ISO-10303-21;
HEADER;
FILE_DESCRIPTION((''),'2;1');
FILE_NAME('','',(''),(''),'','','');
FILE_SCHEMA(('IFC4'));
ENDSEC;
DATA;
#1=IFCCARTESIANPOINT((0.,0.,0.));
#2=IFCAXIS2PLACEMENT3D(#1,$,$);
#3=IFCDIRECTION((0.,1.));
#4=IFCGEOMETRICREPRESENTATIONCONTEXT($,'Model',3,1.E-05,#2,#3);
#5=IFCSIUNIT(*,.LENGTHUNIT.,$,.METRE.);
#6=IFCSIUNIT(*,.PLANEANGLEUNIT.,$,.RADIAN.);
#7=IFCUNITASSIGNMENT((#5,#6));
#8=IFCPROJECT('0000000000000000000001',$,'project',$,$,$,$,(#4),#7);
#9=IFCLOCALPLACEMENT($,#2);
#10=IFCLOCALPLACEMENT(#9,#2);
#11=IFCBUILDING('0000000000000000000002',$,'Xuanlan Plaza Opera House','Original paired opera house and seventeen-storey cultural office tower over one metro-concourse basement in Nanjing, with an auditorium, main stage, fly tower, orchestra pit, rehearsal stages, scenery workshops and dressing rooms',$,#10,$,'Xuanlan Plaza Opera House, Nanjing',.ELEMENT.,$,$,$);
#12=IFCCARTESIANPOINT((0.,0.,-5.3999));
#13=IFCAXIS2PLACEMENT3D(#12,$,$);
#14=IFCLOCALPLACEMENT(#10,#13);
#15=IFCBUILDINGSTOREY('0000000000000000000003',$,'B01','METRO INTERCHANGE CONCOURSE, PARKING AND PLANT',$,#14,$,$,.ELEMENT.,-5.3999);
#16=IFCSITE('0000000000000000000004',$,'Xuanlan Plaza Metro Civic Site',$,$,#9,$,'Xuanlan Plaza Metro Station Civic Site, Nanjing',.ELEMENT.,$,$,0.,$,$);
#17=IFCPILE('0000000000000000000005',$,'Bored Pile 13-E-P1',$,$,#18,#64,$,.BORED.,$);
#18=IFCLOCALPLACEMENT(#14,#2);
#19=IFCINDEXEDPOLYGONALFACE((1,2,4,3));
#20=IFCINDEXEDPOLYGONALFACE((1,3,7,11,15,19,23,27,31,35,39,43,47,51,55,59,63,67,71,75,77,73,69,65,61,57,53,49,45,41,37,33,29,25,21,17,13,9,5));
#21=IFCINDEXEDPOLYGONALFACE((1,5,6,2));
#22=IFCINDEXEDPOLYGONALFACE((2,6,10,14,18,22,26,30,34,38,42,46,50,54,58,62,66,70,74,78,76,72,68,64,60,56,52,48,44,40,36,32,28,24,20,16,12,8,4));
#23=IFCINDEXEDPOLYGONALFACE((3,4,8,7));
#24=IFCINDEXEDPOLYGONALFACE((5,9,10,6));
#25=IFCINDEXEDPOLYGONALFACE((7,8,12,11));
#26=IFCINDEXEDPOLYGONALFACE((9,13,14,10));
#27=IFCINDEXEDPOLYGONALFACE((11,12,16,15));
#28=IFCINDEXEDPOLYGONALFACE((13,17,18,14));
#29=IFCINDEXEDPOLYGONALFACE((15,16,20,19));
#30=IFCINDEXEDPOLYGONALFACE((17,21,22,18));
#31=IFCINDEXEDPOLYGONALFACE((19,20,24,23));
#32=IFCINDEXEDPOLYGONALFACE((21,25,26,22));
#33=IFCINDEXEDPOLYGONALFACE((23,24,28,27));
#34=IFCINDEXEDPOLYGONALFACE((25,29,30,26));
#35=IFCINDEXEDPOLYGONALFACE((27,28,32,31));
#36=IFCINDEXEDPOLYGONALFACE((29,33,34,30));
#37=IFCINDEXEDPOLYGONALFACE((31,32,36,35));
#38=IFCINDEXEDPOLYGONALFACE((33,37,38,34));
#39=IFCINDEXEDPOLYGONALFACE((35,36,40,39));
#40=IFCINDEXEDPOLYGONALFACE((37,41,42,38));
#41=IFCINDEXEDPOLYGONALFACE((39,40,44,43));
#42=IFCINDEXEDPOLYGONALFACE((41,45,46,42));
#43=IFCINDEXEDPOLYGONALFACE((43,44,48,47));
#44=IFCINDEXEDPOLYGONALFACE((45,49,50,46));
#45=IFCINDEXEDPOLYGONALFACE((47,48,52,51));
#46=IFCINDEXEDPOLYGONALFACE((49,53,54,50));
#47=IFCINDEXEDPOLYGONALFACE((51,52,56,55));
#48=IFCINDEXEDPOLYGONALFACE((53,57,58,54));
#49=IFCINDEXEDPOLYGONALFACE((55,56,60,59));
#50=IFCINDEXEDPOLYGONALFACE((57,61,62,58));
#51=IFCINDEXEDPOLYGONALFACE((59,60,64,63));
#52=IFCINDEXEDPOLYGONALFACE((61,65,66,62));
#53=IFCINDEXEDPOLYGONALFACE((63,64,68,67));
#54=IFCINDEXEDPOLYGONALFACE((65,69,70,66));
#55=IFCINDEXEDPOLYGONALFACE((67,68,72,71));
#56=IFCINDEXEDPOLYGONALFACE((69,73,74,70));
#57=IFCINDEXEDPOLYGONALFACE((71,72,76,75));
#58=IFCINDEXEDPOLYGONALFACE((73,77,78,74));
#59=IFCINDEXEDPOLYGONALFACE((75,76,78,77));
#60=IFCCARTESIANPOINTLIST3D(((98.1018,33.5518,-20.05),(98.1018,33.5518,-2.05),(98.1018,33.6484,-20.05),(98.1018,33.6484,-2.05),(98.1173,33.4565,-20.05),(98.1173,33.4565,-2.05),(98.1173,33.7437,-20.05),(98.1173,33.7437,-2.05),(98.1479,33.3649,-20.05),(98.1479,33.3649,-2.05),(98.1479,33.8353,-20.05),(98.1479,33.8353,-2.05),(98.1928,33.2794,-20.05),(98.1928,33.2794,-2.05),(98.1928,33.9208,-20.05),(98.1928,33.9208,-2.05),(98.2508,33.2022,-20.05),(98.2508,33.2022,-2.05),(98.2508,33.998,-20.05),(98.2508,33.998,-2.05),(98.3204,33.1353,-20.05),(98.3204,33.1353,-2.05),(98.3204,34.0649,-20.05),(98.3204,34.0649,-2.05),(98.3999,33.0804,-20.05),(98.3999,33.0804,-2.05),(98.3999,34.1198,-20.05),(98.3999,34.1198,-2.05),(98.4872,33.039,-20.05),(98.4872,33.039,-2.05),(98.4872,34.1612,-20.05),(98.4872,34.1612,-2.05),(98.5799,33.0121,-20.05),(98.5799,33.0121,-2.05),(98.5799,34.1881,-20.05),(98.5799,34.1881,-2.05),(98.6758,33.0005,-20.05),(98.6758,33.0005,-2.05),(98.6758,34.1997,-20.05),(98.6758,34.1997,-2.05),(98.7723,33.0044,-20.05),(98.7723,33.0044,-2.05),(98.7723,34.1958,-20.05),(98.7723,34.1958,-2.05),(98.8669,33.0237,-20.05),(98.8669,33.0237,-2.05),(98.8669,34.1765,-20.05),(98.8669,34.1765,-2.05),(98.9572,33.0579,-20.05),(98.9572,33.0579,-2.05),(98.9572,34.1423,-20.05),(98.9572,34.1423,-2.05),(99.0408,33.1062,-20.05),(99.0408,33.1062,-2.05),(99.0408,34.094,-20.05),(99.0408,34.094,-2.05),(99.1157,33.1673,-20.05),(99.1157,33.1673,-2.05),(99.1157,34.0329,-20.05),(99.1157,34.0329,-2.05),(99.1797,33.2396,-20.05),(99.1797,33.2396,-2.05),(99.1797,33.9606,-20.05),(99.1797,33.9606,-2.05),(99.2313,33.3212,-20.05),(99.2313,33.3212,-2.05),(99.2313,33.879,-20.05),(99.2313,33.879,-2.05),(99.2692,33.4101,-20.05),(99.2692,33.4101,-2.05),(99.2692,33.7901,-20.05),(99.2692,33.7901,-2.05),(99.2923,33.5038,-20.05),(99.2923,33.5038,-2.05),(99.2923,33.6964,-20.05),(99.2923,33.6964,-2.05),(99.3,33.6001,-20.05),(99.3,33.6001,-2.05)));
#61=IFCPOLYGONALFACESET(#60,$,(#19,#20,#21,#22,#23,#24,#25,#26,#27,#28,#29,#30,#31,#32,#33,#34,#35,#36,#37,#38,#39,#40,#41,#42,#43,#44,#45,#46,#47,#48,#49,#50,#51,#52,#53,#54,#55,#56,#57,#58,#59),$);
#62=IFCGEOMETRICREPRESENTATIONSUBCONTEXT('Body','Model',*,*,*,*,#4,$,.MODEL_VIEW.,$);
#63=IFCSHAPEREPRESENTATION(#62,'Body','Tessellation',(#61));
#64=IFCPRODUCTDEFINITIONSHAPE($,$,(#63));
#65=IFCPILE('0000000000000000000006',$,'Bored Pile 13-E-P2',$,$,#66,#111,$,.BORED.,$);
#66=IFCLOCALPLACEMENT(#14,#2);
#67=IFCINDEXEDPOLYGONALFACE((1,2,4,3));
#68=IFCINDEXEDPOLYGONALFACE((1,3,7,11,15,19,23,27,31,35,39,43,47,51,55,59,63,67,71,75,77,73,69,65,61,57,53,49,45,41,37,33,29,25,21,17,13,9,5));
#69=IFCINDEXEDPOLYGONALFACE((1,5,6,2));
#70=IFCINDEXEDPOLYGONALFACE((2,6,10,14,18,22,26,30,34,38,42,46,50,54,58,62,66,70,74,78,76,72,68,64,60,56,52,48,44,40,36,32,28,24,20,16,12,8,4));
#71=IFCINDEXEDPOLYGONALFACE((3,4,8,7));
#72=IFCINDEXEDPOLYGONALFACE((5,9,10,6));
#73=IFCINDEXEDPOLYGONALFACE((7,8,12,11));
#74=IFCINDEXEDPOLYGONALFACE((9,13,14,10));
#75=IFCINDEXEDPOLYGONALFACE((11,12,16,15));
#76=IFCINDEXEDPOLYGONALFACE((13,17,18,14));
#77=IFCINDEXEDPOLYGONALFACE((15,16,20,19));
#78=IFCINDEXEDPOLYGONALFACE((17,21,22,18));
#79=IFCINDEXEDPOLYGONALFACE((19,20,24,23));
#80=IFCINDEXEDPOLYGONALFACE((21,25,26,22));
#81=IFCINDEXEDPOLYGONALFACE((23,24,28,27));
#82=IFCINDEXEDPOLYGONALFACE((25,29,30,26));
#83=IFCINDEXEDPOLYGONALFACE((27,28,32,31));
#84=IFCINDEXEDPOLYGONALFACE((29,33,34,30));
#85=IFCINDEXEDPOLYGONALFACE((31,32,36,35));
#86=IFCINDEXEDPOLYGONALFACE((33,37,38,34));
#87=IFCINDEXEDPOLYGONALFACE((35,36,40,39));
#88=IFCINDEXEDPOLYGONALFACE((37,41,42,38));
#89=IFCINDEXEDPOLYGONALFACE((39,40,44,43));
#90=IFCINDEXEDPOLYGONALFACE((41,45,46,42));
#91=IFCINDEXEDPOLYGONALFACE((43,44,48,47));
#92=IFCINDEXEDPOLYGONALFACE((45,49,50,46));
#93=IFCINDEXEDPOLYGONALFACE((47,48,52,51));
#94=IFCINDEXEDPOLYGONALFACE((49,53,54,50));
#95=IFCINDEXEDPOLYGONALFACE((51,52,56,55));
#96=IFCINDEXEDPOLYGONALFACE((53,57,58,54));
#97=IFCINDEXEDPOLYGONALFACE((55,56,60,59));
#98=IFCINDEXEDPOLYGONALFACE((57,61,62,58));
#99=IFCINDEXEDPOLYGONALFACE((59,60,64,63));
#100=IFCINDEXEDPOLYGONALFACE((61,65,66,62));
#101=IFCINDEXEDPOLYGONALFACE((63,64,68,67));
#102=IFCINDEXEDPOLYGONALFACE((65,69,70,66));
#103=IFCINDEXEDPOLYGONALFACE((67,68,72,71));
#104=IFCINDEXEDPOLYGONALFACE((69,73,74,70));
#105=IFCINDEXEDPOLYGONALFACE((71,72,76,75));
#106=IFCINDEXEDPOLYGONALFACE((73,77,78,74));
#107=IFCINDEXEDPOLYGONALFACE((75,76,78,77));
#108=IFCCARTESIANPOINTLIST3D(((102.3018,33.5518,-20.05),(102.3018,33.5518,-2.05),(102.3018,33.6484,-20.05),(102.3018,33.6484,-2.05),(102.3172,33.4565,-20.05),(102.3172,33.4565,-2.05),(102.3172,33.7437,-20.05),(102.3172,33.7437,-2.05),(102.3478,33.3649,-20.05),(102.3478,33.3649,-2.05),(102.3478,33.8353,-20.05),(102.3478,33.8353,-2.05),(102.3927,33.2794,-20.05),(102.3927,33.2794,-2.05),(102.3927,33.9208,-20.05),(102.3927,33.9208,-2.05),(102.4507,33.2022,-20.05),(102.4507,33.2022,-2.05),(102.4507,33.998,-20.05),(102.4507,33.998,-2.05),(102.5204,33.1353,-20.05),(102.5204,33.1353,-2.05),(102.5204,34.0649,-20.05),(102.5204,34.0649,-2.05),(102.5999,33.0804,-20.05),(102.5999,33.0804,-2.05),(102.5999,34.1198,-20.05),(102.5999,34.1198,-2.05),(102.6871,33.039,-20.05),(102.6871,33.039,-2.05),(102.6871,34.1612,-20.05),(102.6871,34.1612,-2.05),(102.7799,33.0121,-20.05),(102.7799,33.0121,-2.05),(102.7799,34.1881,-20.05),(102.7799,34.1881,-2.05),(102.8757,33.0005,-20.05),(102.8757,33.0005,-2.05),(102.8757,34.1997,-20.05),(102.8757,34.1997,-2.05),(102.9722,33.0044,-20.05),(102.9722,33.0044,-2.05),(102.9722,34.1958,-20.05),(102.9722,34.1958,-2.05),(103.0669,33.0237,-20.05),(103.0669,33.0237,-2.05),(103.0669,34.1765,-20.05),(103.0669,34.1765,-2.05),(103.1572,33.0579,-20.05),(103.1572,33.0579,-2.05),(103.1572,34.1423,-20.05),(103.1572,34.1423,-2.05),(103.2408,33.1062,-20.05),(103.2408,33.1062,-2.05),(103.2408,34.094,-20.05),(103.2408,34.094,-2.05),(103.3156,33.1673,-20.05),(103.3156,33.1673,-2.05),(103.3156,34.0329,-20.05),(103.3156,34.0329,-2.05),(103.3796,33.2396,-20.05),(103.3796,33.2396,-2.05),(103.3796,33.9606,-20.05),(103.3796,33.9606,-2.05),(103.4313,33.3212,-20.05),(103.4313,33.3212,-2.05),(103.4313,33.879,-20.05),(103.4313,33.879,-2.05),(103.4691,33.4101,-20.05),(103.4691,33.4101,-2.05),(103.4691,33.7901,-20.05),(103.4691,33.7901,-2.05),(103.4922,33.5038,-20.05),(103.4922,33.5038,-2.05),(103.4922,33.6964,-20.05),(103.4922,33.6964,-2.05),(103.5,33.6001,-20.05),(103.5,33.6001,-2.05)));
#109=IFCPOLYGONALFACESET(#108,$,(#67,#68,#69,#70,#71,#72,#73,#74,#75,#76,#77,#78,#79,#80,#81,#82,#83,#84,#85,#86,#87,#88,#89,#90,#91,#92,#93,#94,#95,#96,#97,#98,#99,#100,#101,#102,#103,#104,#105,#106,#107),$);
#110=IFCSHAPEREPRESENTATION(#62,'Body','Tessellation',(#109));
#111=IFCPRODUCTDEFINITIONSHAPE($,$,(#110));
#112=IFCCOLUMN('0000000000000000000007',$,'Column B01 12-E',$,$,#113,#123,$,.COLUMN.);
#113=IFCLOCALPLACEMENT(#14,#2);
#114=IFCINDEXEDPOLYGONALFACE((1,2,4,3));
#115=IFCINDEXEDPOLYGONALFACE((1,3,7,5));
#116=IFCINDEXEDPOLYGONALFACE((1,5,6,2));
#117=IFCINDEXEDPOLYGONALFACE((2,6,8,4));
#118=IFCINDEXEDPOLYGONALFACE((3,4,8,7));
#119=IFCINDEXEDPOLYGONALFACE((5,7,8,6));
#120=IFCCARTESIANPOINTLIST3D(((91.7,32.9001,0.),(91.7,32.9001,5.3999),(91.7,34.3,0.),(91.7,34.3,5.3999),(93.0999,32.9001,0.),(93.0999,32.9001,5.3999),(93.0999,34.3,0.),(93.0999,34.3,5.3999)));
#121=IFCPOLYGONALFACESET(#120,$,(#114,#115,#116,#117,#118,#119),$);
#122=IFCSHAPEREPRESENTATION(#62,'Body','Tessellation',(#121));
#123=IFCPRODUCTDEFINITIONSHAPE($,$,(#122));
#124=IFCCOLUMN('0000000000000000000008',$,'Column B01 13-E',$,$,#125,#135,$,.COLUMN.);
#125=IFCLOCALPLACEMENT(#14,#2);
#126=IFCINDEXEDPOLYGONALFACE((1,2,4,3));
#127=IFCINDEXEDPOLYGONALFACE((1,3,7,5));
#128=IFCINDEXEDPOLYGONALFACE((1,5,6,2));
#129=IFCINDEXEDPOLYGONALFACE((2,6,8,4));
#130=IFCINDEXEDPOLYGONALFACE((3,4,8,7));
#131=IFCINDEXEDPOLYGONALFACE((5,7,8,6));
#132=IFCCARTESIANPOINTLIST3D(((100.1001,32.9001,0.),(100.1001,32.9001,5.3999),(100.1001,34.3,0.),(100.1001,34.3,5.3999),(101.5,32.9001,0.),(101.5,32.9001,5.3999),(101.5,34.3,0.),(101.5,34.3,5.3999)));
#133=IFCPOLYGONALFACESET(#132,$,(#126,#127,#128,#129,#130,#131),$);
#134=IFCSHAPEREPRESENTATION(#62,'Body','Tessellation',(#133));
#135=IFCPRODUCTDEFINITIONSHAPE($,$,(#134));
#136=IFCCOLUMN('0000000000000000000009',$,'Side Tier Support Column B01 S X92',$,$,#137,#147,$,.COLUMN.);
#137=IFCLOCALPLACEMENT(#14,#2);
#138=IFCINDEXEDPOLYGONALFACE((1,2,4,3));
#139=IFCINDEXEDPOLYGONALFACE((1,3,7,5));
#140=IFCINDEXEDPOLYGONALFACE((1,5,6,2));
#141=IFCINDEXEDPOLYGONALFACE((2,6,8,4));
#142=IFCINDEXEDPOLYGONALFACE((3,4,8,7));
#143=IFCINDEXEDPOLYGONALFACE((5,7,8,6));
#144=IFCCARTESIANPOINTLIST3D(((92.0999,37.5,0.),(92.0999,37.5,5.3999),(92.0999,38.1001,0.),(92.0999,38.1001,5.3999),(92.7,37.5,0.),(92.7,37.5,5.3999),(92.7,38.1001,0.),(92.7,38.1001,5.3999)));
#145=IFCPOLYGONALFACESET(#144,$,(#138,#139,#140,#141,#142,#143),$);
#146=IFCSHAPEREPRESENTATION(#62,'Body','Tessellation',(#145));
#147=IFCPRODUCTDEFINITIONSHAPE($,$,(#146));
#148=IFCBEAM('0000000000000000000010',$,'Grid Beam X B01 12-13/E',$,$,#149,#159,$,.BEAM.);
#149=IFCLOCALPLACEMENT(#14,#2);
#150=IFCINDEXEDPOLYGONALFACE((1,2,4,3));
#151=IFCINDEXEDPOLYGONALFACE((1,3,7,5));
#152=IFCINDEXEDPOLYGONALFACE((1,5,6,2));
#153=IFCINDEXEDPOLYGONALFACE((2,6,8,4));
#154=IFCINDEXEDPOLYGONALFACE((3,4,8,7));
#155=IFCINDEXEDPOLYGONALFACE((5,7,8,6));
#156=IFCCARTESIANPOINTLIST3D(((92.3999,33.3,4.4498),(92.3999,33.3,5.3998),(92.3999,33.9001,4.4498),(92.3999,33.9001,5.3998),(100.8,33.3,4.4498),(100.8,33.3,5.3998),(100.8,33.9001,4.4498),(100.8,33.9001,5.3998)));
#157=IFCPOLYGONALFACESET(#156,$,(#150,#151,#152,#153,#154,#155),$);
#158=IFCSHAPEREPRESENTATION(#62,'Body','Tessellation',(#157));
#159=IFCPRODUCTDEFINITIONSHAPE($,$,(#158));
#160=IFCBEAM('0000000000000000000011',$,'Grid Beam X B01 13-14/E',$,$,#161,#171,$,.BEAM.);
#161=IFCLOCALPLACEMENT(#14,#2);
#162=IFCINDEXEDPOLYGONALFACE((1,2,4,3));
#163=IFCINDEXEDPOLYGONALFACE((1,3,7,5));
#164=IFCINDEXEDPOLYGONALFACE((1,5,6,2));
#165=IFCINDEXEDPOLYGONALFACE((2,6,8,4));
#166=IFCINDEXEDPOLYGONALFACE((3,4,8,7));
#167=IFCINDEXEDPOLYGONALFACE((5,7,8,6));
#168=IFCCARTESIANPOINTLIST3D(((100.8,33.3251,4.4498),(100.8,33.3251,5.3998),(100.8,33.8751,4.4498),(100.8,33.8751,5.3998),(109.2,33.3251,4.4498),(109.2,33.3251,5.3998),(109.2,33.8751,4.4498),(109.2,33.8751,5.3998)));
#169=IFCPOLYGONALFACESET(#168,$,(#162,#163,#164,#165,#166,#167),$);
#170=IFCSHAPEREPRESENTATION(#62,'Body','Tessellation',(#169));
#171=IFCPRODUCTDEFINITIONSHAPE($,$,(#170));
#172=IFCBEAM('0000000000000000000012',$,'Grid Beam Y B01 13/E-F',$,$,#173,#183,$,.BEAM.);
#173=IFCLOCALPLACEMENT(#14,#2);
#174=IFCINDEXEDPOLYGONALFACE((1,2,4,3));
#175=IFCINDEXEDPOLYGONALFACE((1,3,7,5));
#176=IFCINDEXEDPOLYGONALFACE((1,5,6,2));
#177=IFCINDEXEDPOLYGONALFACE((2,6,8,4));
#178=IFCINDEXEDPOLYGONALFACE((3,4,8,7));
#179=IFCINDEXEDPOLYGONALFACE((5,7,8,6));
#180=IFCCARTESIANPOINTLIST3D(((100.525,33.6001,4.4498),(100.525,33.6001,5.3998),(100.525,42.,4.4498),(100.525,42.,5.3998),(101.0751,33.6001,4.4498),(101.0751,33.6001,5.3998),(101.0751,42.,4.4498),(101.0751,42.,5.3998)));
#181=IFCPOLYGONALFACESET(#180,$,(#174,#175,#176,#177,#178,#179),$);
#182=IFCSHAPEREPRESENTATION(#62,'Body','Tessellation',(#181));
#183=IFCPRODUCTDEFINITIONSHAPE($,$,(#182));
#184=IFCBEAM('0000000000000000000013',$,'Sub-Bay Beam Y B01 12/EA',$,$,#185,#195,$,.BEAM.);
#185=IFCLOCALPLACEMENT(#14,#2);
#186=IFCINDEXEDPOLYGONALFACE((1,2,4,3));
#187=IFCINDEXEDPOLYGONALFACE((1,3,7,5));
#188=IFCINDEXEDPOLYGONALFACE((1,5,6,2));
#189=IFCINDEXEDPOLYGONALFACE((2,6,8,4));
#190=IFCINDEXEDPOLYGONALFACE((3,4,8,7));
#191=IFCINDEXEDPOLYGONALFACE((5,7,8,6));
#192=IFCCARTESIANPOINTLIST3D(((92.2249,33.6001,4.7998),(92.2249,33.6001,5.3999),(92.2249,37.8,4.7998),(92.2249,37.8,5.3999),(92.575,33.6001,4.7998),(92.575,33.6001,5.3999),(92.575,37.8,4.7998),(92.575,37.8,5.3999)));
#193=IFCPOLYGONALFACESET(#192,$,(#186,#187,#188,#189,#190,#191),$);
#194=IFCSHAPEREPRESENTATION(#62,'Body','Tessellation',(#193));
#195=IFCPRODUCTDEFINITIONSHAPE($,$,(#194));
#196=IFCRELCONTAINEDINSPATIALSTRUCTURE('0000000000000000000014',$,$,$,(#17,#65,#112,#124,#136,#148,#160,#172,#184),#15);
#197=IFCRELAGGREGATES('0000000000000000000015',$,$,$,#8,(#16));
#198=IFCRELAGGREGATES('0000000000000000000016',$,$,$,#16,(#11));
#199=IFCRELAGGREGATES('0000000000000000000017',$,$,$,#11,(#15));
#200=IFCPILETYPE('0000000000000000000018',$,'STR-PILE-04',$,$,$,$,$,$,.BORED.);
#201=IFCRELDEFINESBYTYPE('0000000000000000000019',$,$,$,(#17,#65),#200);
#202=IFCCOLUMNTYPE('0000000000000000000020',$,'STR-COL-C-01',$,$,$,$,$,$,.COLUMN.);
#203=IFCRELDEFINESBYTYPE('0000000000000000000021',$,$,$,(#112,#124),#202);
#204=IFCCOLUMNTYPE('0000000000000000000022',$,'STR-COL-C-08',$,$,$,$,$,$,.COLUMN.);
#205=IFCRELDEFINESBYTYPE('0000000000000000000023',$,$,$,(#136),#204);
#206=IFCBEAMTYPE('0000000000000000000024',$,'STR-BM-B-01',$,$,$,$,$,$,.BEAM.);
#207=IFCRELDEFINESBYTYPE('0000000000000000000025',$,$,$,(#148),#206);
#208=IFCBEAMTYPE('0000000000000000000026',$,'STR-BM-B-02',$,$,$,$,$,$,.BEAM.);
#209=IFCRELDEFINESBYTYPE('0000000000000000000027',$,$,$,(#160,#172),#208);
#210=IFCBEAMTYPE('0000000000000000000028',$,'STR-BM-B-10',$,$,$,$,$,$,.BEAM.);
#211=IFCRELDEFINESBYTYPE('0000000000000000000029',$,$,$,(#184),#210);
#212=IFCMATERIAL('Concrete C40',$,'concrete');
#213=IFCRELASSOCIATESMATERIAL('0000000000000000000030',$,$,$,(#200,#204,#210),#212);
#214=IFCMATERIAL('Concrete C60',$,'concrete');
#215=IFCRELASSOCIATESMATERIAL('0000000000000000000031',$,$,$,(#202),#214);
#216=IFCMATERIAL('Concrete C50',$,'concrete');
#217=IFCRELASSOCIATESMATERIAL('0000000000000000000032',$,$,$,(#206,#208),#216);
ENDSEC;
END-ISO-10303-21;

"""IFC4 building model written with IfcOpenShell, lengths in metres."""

from ifc_helpers import new_model, si_unit, direction, frame, origin, origin_2d, place, context, subcontext, project, spatial, rectangle, circle, extrude, material, material_profile, profile_set, type_object, element, save


model = new_model("IFC4")

# Units and contexts
model_context = context("Model", 3, precision=1e-05, world=origin(), true_north=direction((0.0, 1.0)))
body_context = subcontext(model_context, "Body", "Model", "MODEL_VIEW")
ifc_project = project(units=[si_unit("LENGTHUNIT", "METRE"), si_unit("PLANEANGLEUNIT", "RADIAN")], contexts=[model_context])

# Site, building, storey
site_placement = place(None, origin())
site = spatial("IfcSite", under=ifc_project, at=site_placement, Name="Xuanlan Plaza Metro Civic Site", LongName="Xuanlan Plaza Metro Station Civic Site, Nanjing", CompositionType="ELEMENT", RefElevation=0.0)
building_placement = place(site_placement, origin())
building = spatial("IfcBuilding", under=site, at=building_placement, Name="Xuanlan Plaza Opera House", Description="Original paired opera house and seventeen-storey cultural office tower over one metro-concourse basement in Nanjing, with an auditorium, main stage, fly tower, orchestra pit, rehearsal stages, scenery workshops and dressing rooms", LongName="Xuanlan Plaza Opera House, Nanjing", CompositionType="ELEMENT")
storey_placement = place(building_placement, frame((0.0, 0.0, -5.3999)))
storey = spatial("IfcBuildingStorey", under=building, at=storey_placement, Name="B01", Description="METRO INTERCHANGE CONCOURSE, PARKING AND PLANT", CompositionType="ELEMENT", Elevation=-5.3999)

# Shared definitions
ifc_material_1 = material(Name="Concrete C50", Category="concrete")
ifc_material_2 = material(Name="Concrete C40", Category="concrete")

# Piles
ifc_material_profile_1 = material_profile(ifc_material_2, circle(Radius=0.6001, at=origin_2d()), Name="PILE D1200")
ifc_profile_set_1 = profile_set([ifc_material_profile_1], Name="Concrete C40")
pile_type = type_object("IfcPileType", Name="STR-PILE-04", PredefinedType="BORED", material=ifc_profile_set_1)
for number, where, z_axis, x_axis, name in (
    (1, (98.7, 33.6001, -2.05), (0.0, 0.0, -1.0), (1.0, 0.0, 0.0), "Bored Pile 13-E-P1"),
    (2, (102.8999, 33.6001, -2.05), (0.0, 0.0, -1.0), (1.0, 0.0, 0.0), "Bored Pile 13-E-P2"),
):
    element("IfcPile", number, at=place(storey_placement, frame(where, z_axis=z_axis, x_axis=x_axis)), inside=storey, type_object=pile_type, Name=name, PredefinedType="BORED", context=body_context, shape_type="SweptSolid", body=[
        extrude(circle(Radius=0.6001, at=origin_2d()), origin(), (0.0, 0.0, 1.0), 18.0),
    ])

# Columns
ifc_material_3 = material(Name="Concrete C60", Category="concrete")
ifc_material_profile_2 = material_profile(ifc_material_3, rectangle(XDim=1.3999, YDim=1.3999, at=origin_2d()), Name="RC-COL 1400x1400")
ifc_profile_set_2 = profile_set([ifc_material_profile_2], Name="Concrete C60")
column_type_1 = type_object("IfcColumnType", Name="STR-COL-C-01", PredefinedType="COLUMN", material=ifc_profile_set_2)
for number, where, z_axis, x_axis, name in (
    (3, (92.3999, 33.6001, 0.0), (0.0, 0.0, 1.0), (1.0, 0.0, 0.0), "Column B01 12-E"),
    (4, (100.8, 33.6001, 0.0), (0.0, 0.0, 1.0), (1.0, 0.0, 0.0), "Column B01 13-E"),
):
    element("IfcColumn", number, at=place(storey_placement, frame(where, z_axis=z_axis, x_axis=x_axis)), inside=storey, type_object=column_type_1, Name=name, PredefinedType="COLUMN", context=body_context, shape_type="SweptSolid", body=[
        extrude(rectangle(XDim=1.3999, YDim=1.3999, at=origin_2d()), origin(), (0.0, 0.0, 1.0), 5.3999),
    ])
ifc_material_profile_3 = material_profile(ifc_material_2, rectangle(XDim=0.6001, YDim=0.6001, at=origin_2d()), Name="RC-COL 600x600")
ifc_profile_set_3 = profile_set([ifc_material_profile_3], Name="Concrete C40")
column_type_2 = type_object("IfcColumnType", Name="STR-COL-C-08", PredefinedType="COLUMN", material=ifc_profile_set_3)
column_placement = place(storey_placement, frame((92.3999, 37.8, 0.0), z_axis=(0.0, 0.0, 1.0), x_axis=(1.0, 0.0, 0.0)))
element("IfcColumn", 5, at=column_placement, inside=storey, type_object=column_type_2, Name="Side Tier Support Column B01 S X92", PredefinedType="COLUMN", context=body_context, shape_type="SweptSolid", body=[
    extrude(rectangle(XDim=0.6001, YDim=0.6001, at=origin_2d()), origin(), (0.0, 0.0, 1.0), 5.3999),
])

# Beams
ifc_material_profile_4 = material_profile(ifc_material_1, rectangle(XDim=0.6001, YDim=0.95, at=origin_2d()), Name="RC-BM 600x950")
ifc_profile_set_4 = profile_set([ifc_material_profile_4], Name="Concrete C50")
beam_type_1 = type_object("IfcBeamType", Name="STR-BM-B-01", PredefinedType="BEAM", material=ifc_profile_set_4)
beam_placement = place(storey_placement, frame((92.3999, 33.6001, 4.9248), z_axis=(1.0, 0.0, 0.0), x_axis=(0.0, 1.0, 0.0)))
element("IfcBeam", 6, at=beam_placement, inside=storey, type_object=beam_type_1, Name="Grid Beam X B01 12-13/E", PredefinedType="BEAM", context=body_context, shape_type="SweptSolid", body=[
    extrude(rectangle(XDim=0.6001, YDim=0.95, at=origin_2d()), origin(), (0.0, 0.0, 1.0), 8.4001),
])
ifc_material_profile_5 = material_profile(ifc_material_1, rectangle(XDim=0.55, YDim=0.95, at=origin_2d()), Name="RC-BM 550x950")
ifc_profile_set_5 = profile_set([ifc_material_profile_5], Name="Concrete C50")
beam_type_2 = type_object("IfcBeamType", Name="STR-BM-B-02", PredefinedType="BEAM", material=ifc_profile_set_5)
for number, where, z_axis, x_axis, name in (
    (7, (100.8, 33.6001, 4.9248), (1.0, 0.0, 0.0), (0.0, 1.0, 0.0), "Grid Beam X B01 13-14/E"),
    (8, (100.8, 33.6001, 4.9248), (0.0, 1.0, 0.0), (-1.0, 0.0, 0.0), "Grid Beam Y B01 13/E-F"),
):
    element("IfcBeam", number, at=place(storey_placement, frame(where, z_axis=z_axis, x_axis=x_axis)), inside=storey, type_object=beam_type_2, Name=name, PredefinedType="BEAM", context=body_context, shape_type="SweptSolid", body=[
        extrude(rectangle(XDim=0.55, YDim=0.95, at=origin_2d()), origin(), (0.0, 0.0, 1.0), 8.3999),
    ])
ifc_material_profile_6 = material_profile(ifc_material_2, rectangle(XDim=0.3501, YDim=0.6001, at=origin_2d()), Name="RC-BM 350x600")
ifc_profile_set_6 = profile_set([ifc_material_profile_6], Name="Concrete C40")
beam_type_3 = type_object("IfcBeamType", Name="STR-BM-B-10", PredefinedType="BEAM", material=ifc_profile_set_6)
for number, where, z_axis, x_axis, name in (
    (9, (92.3999, 33.6001, 5.0999), (0.0, 1.0, 0.0), (-1.0, 0.0, 0.0), "Sub-Bay Beam Y B01 12/EA"),
):
    element("IfcBeam", number, at=place(storey_placement, frame(where, z_axis=z_axis, x_axis=x_axis)), inside=storey, type_object=beam_type_3, Name=name, PredefinedType="BEAM", context=body_context, shape_type="SweptSolid", body=[
        extrude(rectangle(XDim=0.3501, YDim=0.6001, at=origin_2d()), origin(), (0.0, 0.0, 1.0), 4.2),
    ])

save(model, "model.ifc")
